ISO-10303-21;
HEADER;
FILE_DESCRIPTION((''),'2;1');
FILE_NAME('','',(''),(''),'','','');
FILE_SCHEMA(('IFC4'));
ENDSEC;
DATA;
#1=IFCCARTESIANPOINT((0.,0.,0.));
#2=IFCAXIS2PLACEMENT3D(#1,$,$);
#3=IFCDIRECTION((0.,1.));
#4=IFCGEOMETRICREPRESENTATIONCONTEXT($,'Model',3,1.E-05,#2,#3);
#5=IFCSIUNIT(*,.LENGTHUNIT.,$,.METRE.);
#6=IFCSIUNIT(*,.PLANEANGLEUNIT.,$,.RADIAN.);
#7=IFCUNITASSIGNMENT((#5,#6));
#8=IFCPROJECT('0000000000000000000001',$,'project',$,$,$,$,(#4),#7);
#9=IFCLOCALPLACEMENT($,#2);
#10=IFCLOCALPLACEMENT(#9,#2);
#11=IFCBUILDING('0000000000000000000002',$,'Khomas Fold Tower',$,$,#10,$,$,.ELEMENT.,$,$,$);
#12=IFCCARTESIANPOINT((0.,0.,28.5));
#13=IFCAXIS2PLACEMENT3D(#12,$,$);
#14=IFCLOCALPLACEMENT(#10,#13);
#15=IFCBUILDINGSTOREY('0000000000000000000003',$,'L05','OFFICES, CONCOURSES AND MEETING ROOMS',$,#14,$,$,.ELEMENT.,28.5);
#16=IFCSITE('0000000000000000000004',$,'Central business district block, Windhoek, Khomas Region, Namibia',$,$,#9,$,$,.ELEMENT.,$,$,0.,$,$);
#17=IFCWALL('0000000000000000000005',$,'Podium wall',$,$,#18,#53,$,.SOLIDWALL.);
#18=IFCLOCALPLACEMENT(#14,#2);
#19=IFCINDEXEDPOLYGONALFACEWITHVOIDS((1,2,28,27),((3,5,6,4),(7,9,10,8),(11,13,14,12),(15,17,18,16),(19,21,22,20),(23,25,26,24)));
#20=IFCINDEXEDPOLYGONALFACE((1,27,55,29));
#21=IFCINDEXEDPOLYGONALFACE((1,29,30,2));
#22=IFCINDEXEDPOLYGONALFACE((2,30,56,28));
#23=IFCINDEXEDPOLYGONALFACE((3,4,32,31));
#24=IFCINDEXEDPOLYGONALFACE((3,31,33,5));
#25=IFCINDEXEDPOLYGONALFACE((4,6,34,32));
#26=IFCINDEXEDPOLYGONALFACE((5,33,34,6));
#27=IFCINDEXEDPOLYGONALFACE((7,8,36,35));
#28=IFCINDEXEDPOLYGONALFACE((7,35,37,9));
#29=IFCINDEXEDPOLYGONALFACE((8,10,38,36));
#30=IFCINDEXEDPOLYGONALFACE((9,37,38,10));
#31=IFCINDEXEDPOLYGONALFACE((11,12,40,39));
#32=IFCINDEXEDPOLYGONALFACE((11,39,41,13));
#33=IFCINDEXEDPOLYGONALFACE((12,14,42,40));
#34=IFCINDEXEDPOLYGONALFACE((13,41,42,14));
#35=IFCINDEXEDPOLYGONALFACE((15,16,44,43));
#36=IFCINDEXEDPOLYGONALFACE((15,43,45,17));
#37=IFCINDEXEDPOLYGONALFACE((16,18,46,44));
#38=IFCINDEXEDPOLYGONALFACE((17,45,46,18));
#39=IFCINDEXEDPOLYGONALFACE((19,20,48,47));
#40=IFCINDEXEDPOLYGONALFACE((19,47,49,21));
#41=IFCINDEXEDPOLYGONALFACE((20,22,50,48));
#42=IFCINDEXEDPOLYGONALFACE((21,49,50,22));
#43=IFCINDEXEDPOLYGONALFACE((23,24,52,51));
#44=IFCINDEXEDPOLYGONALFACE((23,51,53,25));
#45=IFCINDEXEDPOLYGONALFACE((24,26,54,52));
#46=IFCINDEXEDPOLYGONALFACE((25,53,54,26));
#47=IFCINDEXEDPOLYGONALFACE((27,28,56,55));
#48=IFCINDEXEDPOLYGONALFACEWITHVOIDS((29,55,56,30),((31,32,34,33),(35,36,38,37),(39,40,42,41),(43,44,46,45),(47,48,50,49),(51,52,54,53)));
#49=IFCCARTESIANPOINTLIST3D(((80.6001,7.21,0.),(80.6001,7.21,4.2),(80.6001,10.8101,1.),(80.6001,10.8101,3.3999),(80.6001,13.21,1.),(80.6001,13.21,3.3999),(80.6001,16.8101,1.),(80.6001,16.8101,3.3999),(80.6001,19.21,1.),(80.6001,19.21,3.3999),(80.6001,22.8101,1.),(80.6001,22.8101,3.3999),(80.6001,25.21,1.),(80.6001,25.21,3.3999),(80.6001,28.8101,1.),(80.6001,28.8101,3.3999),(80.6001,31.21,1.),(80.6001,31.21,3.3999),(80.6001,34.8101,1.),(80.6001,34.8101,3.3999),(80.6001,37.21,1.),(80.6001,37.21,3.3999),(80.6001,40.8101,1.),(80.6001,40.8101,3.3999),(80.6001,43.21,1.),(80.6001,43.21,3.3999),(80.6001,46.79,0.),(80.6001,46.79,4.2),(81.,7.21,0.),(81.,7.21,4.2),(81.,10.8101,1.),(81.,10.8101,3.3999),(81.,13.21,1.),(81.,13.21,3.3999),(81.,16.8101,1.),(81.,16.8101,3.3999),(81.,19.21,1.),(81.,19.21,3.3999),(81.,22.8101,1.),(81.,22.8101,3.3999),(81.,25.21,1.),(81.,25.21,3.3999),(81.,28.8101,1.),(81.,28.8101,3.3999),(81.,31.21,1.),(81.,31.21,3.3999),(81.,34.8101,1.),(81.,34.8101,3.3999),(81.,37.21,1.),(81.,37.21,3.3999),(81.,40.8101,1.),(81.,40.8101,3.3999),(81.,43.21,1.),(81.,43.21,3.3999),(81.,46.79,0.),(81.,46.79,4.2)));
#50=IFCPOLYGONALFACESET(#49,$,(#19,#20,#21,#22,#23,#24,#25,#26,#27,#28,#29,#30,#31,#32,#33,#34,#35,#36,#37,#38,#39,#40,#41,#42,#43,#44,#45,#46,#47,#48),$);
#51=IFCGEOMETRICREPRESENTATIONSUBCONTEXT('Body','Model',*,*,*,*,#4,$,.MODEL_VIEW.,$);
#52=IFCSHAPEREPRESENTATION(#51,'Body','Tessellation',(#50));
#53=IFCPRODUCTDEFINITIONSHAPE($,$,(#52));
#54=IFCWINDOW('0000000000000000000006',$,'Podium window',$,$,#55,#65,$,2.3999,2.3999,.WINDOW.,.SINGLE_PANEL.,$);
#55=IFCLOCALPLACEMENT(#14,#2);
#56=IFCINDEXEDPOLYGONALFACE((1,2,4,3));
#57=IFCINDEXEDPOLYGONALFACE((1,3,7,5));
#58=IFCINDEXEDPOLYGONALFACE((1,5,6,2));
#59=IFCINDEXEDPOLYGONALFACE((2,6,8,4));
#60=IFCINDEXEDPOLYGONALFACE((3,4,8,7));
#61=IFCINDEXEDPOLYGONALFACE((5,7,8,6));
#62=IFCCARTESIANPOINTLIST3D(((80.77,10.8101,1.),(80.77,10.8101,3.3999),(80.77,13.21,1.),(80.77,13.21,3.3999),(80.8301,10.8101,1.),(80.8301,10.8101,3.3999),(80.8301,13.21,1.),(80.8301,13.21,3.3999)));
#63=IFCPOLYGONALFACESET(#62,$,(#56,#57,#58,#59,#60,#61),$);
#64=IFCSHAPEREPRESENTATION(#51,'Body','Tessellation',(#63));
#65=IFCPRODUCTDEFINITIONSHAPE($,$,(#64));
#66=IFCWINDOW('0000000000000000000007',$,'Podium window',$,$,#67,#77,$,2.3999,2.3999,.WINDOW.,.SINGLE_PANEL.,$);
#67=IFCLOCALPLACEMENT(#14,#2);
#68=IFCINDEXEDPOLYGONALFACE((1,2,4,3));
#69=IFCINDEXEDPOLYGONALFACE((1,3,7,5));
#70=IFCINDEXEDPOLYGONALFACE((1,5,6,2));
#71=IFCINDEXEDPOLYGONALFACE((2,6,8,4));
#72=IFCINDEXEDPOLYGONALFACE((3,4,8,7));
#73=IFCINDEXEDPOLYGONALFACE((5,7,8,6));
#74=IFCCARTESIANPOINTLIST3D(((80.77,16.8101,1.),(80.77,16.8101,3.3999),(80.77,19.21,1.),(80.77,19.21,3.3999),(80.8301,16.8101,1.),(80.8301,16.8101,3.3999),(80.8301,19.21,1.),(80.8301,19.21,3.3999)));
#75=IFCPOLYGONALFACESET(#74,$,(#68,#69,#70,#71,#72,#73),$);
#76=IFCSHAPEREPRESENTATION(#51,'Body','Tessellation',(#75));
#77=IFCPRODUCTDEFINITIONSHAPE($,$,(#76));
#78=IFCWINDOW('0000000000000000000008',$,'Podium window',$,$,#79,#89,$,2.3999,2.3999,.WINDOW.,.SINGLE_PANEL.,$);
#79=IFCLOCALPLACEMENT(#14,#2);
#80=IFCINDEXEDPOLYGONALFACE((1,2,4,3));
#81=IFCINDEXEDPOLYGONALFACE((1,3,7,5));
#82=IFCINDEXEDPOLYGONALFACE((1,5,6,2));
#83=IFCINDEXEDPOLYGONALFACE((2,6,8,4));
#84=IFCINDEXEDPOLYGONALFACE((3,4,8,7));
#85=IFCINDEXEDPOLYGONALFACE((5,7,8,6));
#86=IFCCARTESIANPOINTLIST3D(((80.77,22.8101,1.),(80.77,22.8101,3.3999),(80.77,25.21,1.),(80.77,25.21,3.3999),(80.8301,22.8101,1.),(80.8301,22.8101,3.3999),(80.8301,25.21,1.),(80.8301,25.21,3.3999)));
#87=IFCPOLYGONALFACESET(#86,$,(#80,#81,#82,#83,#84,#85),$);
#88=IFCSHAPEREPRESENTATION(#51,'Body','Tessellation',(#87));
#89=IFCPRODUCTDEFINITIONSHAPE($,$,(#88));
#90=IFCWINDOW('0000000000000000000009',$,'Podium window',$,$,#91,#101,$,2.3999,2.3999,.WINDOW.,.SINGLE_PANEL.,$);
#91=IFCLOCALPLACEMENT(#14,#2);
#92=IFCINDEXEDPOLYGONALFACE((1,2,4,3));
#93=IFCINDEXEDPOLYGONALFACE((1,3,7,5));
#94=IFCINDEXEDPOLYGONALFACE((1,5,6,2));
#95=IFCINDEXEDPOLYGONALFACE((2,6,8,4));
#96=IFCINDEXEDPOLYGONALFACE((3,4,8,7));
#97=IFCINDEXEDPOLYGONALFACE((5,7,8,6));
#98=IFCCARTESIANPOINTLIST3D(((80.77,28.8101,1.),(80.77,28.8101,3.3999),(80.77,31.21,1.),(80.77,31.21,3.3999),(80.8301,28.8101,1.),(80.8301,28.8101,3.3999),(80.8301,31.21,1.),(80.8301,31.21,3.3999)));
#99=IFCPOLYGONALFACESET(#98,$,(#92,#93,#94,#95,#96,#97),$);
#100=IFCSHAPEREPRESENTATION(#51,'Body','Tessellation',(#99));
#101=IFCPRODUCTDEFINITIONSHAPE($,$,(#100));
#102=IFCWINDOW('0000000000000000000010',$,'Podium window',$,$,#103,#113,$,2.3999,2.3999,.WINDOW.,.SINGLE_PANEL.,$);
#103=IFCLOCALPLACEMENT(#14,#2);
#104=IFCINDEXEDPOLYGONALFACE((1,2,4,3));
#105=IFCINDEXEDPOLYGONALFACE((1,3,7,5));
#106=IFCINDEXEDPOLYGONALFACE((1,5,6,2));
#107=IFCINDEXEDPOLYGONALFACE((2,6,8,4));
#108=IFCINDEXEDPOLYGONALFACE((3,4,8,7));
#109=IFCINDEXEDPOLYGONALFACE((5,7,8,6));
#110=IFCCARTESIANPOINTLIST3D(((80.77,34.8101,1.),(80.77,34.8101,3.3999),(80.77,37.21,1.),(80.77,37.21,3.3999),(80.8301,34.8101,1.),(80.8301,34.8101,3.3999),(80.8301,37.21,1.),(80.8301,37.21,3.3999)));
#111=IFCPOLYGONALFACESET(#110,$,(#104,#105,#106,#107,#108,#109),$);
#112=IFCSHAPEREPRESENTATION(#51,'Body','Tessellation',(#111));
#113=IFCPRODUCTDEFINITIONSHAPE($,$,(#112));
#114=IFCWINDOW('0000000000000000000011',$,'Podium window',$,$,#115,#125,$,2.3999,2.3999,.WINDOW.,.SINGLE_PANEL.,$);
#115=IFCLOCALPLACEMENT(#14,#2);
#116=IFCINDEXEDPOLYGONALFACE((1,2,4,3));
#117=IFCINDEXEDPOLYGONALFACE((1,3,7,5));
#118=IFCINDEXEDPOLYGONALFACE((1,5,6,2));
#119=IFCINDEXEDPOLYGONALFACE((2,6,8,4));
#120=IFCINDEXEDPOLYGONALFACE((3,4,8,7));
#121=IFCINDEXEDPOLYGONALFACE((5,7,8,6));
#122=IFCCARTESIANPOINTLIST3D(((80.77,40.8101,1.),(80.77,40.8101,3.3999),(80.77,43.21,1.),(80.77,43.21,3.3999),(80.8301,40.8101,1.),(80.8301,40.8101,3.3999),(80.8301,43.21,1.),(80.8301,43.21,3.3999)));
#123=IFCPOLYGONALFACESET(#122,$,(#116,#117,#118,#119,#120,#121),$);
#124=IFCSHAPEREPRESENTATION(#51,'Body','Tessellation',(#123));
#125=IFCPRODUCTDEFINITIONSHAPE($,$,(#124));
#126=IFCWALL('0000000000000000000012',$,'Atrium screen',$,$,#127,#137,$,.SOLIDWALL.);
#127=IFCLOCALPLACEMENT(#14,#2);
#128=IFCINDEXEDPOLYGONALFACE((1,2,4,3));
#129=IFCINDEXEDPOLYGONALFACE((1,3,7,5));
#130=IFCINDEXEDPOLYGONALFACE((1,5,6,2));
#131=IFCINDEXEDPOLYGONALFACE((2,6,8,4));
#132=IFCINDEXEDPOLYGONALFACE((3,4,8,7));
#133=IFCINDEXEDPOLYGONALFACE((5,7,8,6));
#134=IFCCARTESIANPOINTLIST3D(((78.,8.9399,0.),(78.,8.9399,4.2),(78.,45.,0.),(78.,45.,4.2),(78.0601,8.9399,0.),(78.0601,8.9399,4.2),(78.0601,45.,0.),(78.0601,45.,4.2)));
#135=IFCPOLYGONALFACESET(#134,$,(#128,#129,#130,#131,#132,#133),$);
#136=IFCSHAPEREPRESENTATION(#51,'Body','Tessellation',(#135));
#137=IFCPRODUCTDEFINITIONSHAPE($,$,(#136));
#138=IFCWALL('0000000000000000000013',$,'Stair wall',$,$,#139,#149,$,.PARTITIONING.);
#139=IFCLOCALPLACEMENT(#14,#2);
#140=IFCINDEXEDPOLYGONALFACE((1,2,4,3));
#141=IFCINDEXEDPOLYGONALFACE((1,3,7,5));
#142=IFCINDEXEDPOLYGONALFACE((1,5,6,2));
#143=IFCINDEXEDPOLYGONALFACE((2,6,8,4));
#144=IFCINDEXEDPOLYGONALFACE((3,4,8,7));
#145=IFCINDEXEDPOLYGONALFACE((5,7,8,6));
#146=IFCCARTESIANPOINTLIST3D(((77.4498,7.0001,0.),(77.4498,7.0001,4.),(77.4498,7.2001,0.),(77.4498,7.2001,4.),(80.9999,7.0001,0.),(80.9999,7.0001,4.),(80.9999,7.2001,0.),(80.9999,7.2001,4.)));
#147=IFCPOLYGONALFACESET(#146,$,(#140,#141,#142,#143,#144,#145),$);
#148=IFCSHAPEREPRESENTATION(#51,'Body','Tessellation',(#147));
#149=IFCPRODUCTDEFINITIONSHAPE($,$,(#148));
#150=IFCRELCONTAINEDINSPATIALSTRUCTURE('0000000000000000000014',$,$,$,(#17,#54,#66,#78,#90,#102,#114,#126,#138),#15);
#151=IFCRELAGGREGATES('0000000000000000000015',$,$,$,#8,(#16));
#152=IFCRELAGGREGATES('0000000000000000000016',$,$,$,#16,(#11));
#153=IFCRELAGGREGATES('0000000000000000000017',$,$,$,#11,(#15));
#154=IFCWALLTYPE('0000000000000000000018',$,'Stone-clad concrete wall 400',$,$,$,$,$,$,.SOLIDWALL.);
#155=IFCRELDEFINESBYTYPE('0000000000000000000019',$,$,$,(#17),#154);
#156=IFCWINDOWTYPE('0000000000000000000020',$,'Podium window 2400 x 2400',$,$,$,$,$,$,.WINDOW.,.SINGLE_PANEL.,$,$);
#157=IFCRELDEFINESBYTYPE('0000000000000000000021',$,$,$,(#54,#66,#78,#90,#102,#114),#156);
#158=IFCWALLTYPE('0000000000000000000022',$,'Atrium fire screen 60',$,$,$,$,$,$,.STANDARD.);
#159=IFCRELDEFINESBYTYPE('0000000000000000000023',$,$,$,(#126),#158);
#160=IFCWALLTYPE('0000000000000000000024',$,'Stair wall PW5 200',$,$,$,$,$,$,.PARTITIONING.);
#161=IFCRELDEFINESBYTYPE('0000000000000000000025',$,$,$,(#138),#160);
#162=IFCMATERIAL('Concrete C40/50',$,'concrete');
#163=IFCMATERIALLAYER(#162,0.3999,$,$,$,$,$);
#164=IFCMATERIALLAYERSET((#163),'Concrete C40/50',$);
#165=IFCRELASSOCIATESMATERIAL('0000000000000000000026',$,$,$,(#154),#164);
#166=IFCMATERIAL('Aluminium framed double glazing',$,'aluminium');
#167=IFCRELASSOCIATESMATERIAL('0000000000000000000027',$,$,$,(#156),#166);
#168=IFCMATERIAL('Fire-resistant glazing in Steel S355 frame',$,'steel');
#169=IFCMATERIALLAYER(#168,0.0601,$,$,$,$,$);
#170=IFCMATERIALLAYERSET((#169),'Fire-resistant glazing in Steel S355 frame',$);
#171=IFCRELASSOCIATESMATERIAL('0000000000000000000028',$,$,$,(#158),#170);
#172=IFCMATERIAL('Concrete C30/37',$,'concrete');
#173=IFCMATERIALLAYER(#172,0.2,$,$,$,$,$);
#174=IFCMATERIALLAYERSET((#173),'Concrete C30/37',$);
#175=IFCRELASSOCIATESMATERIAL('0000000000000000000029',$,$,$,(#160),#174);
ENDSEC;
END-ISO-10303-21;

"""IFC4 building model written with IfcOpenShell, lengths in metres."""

from ifc_helpers import new_model, si_unit, direction, frame, frame_2d, origin, place, context, subcontext, project, spatial, rectangle, extrude, source, transform, mapped, material, layer, layer_set, type_object, element, fill, save


model = new_model("IFC4")

# Units and contexts
model_context = context("Model", 3, precision=1e-05, world=origin(), true_north=direction((0.0, 1.0)))
body_context = subcontext(model_context, "Body", "Model", "MODEL_VIEW")
ifc_project = project(units=[si_unit("LENGTHUNIT", "METRE"), si_unit("PLANEANGLEUNIT", "RADIAN")], contexts=[model_context])

# Site, building, storey
site_placement = place(None, origin())
site = spatial("IfcSite", under=ifc_project, at=site_placement, Name="Central business district block, Windhoek, Khomas Region, Namibia", CompositionType="ELEMENT", RefElevation=0.0)
building_placement = place(site_placement, origin())
building = spatial("IfcBuilding", under=site, at=building_placement, Name="Khomas Fold Tower", CompositionType="ELEMENT")
storey_placement = place(building_placement, frame((0.0, 0.0, 28.5)))
storey = spatial("IfcBuildingStorey", under=building, at=storey_placement, Name="L05", Description="OFFICES, CONCOURSES AND MEETING ROOMS", CompositionType="ELEMENT", Elevation=28.5)

# Wall, openings, windows
ifc_material_1 = material(Name="Concrete C40/50", Category="concrete")
ifc_layer_1 = layer(ifc_material_1, 0.3999)
ifc_layer_set_1 = layer_set([ifc_layer_1], Name="Concrete C40/50")
wall_type_1 = type_object("IfcWallType", Name="Stone-clad concrete wall 400", PredefinedType="SOLIDWALL", material=ifc_layer_set_1)
shared_shape_1 = source(origin(), body_context, "Body", "SweptSolid", [
    extrude(rectangle(XDim=39.5801, YDim=0.3999, at=frame_2d((19.79, 0.0))), origin(), (0.0, 0.0, 1.0), 4.2),
])
wall_1_placement = place(storey_placement, frame((80.8, 7.21, 0.0), z_axis=(0.0, 0.0, 1.0), x_axis=(0.0, 1.0, 0.0)))
wall_1 = element("IfcWall", 1, at=wall_1_placement, inside=storey, type_object=wall_type_1, Name="Podium wall", PredefinedType="SOLIDWALL", context=body_context, shape_type="MappedRepresentation", body=[
    mapped(shared_shape_1, transform((0.0, 0.0, 0.0))),
])
shared_shape_2 = source(origin(), body_context, "Body", "SweptSolid", [
    extrude(rectangle(XDim=2.3999, YDim=2.3999, at=frame_2d((1.2, 1.2))), frame((0.0, 0.21, 0.0), z_axis=(0.0, -1.0, 0.0), x_axis=(1.0, 0.0, 0.0)), (0.0, 0.0, 1.0), 0.4199),
])
opening_1_placement = place(wall_1_placement, frame((3.6001, 0.0, 1.0)))
opening_1 = element("IfcOpeningElement", 2, at=opening_1_placement, cuts=wall_1, PredefinedType="OPENING", context=body_context, shape_type="MappedRepresentation", body=[
    mapped(shared_shape_2, transform((0.0, 0.0, 0.0))),
])
opening_2_placement = place(wall_1_placement, frame((9.6001, 0.0, 1.0)))
opening_2 = element("IfcOpeningElement", 3, at=opening_2_placement, cuts=wall_1, PredefinedType="OPENING", context=body_context, shape_type="MappedRepresentation", body=[
    mapped(shared_shape_2, transform((0.0, 0.0, 0.0))),
])
opening_3_placement = place(wall_1_placement, frame((15.6001, 0.0, 1.0)))
opening_3 = element("IfcOpeningElement", 4, at=opening_3_placement, cuts=wall_1, PredefinedType="OPENING", context=body_context, shape_type="MappedRepresentation", body=[
    mapped(shared_shape_2, transform((0.0, 0.0, 0.0))),
])
opening_4_placement = place(wall_1_placement, frame((21.6001, 0.0, 1.0)))
opening_4 = element("IfcOpeningElement", 5, at=opening_4_placement, cuts=wall_1, PredefinedType="OPENING", context=body_context, shape_type="MappedRepresentation", body=[
    mapped(shared_shape_2, transform((0.0, 0.0, 0.0))),
])
opening_5_placement = place(wall_1_placement, frame((27.6001, 0.0, 1.0)))
opening_5 = element("IfcOpeningElement", 6, at=opening_5_placement, cuts=wall_1, PredefinedType="OPENING", context=body_context, shape_type="MappedRepresentation", body=[
    mapped(shared_shape_2, transform((0.0, 0.0, 0.0))),
])
opening_6_placement = place(wall_1_placement, frame((33.6001, 0.0, 1.0)))
opening_6 = element("IfcOpeningElement", 7, at=opening_6_placement, cuts=wall_1, PredefinedType="OPENING", context=body_context, shape_type="MappedRepresentation", body=[
    mapped(shared_shape_2, transform((0.0, 0.0, 0.0))),
])
ifc_material_2 = material(Name="Aluminium framed double glazing", Category="aluminium")
window_type = type_object("IfcWindowType", Name="Podium window 2400 x 2400", PartitioningType="SINGLE_PANEL", PredefinedType="WINDOW", material=ifc_material_2)
shared_shape_3 = source(origin(), body_context, "Body", "SweptSolid", [
    extrude(rectangle(XDim=2.3999, YDim=2.3999, at=frame_2d((1.2, 1.2))), frame((0.0, 0.03, 0.0), z_axis=(0.0, -1.0, 0.0), x_axis=(1.0, 0.0, 0.0)), (0.0, 0.0, 1.0), 0.0601),
])
window_1_placement = place(opening_1_placement, origin())
window_1 = element("IfcWindow", 8, at=window_1_placement, inside=storey, type_object=window_type, Name="Podium window", OverallHeight=2.3999, OverallWidth=2.3999, PartitioningType="SINGLE_PANEL", PredefinedType="WINDOW", context=body_context, shape_type="MappedRepresentation", body=[
    mapped(shared_shape_3, transform((0.0, 0.0, 0.0))),
])
fill(opening_1, window_1)
window_2_placement = place(opening_2_placement, origin())
window_2 = element("IfcWindow", 9, at=window_2_placement, inside=storey, type_object=window_type, Name="Podium window", OverallHeight=2.3999, OverallWidth=2.3999, PartitioningType="SINGLE_PANEL", PredefinedType="WINDOW", context=body_context, shape_type="MappedRepresentation", body=[
    mapped(shared_shape_3, transform((0.0, 0.0, 0.0))),
])
fill(opening_2, window_2)
window_3_placement = place(opening_3_placement, origin())
window_3 = element("IfcWindow", 10, at=window_3_placement, inside=storey, type_object=window_type, Name="Podium window", OverallHeight=2.3999, OverallWidth=2.3999, PartitioningType="SINGLE_PANEL", PredefinedType="WINDOW", context=body_context, shape_type="MappedRepresentation", body=[
    mapped(shared_shape_3, transform((0.0, 0.0, 0.0))),
])
fill(opening_3, window_3)
window_4_placement = place(opening_4_placement, origin())
window_4 = element("IfcWindow", 11, at=window_4_placement, inside=storey, type_object=window_type, Name="Podium window", OverallHeight=2.3999, OverallWidth=2.3999, PartitioningType="SINGLE_PANEL", PredefinedType="WINDOW", context=body_context, shape_type="MappedRepresentation", body=[
    mapped(shared_shape_3, transform((0.0, 0.0, 0.0))),
])
fill(opening_4, window_4)
window_5_placement = place(opening_5_placement, origin())
window_5 = element("IfcWindow", 12, at=window_5_placement, inside=storey, type_object=window_type, Name="Podium window", OverallHeight=2.3999, OverallWidth=2.3999, PartitioningType="SINGLE_PANEL", PredefinedType="WINDOW", context=body_context, shape_type="MappedRepresentation", body=[
    mapped(shared_shape_3, transform((0.0, 0.0, 0.0))),
])
fill(opening_5, window_5)
window_6_placement = place(opening_6_placement, origin())
window_6 = element("IfcWindow", 13, at=window_6_placement, inside=storey, type_object=window_type, Name="Podium window", OverallHeight=2.3999, OverallWidth=2.3999, PartitioningType="SINGLE_PANEL", PredefinedType="WINDOW", context=body_context, shape_type="MappedRepresentation", body=[
    mapped(shared_shape_3, transform((0.0, 0.0, 0.0))),
])
fill(opening_6, window_6)

# Walls
ifc_material_3 = material(Name="Fire-resistant glazing in Steel S355 frame", Category="steel")
ifc_layer_2 = layer(ifc_material_3, 0.0601)
ifc_layer_set_2 = layer_set([ifc_layer_2], Name="Fire-resistant glazing in Steel S355 frame")
wall_type_2 = type_object("IfcWallType", Name="Atrium fire screen 60", PredefinedType="STANDARD", material=ifc_layer_set_2)
shared_shape_4 = source(origin(), body_context, "Body", "SweptSolid", [
    extrude(rectangle(XDim=36.0601, YDim=0.0601, at=frame_2d((18.03, 0.0))), origin(), (0.0, 0.0, 1.0), 4.2),
])
wall_2_placement = place(storey_placement, frame((78.03, 8.9399, 0.0), z_axis=(0.0, 0.0, 1.0), x_axis=(0.0, 1.0, 0.0)))
element("IfcWall", 14, at=wall_2_placement, inside=storey, type_object=wall_type_2, Name="Atrium screen", PredefinedType="SOLIDWALL", context=body_context, shape_type="MappedRepresentation", body=[
    mapped(shared_shape_4, transform((0.0, 0.0, 0.0))),
])
ifc_material_4 = material(Name="Concrete C30/37", Category="concrete")
ifc_layer_3 = layer(ifc_material_4, 0.2)
ifc_layer_set_3 = layer_set([ifc_layer_3], Name="Concrete C30/37")
wall_type_3 = type_object("IfcWallType", Name="Stair wall PW5 200", PredefinedType="PARTITIONING", material=ifc_layer_set_3)
shared_shape_5 = source(origin(), body_context, "Body", "SweptSolid", [
    extrude(rectangle(XDim=3.55, YDim=0.2, at=frame_2d((1.7749, 0.0))), origin(), (0.0, 0.0, 1.0), 4.0),
])
wall_3_placement = place(storey_placement, frame((77.45, 7.1001, 0.0), z_axis=(0.0, 0.0, 1.0), x_axis=(1.0, 0.0, 0.0)))
element("IfcWall", 15, at=wall_3_placement, inside=storey, type_object=wall_type_3, Name="Stair wall", PredefinedType="PARTITIONING", context=body_context, shape_type="MappedRepresentation", body=[
    mapped(shared_shape_5, transform((0.0, 0.0, 0.0))),
])

save(model, "model.ifc")
